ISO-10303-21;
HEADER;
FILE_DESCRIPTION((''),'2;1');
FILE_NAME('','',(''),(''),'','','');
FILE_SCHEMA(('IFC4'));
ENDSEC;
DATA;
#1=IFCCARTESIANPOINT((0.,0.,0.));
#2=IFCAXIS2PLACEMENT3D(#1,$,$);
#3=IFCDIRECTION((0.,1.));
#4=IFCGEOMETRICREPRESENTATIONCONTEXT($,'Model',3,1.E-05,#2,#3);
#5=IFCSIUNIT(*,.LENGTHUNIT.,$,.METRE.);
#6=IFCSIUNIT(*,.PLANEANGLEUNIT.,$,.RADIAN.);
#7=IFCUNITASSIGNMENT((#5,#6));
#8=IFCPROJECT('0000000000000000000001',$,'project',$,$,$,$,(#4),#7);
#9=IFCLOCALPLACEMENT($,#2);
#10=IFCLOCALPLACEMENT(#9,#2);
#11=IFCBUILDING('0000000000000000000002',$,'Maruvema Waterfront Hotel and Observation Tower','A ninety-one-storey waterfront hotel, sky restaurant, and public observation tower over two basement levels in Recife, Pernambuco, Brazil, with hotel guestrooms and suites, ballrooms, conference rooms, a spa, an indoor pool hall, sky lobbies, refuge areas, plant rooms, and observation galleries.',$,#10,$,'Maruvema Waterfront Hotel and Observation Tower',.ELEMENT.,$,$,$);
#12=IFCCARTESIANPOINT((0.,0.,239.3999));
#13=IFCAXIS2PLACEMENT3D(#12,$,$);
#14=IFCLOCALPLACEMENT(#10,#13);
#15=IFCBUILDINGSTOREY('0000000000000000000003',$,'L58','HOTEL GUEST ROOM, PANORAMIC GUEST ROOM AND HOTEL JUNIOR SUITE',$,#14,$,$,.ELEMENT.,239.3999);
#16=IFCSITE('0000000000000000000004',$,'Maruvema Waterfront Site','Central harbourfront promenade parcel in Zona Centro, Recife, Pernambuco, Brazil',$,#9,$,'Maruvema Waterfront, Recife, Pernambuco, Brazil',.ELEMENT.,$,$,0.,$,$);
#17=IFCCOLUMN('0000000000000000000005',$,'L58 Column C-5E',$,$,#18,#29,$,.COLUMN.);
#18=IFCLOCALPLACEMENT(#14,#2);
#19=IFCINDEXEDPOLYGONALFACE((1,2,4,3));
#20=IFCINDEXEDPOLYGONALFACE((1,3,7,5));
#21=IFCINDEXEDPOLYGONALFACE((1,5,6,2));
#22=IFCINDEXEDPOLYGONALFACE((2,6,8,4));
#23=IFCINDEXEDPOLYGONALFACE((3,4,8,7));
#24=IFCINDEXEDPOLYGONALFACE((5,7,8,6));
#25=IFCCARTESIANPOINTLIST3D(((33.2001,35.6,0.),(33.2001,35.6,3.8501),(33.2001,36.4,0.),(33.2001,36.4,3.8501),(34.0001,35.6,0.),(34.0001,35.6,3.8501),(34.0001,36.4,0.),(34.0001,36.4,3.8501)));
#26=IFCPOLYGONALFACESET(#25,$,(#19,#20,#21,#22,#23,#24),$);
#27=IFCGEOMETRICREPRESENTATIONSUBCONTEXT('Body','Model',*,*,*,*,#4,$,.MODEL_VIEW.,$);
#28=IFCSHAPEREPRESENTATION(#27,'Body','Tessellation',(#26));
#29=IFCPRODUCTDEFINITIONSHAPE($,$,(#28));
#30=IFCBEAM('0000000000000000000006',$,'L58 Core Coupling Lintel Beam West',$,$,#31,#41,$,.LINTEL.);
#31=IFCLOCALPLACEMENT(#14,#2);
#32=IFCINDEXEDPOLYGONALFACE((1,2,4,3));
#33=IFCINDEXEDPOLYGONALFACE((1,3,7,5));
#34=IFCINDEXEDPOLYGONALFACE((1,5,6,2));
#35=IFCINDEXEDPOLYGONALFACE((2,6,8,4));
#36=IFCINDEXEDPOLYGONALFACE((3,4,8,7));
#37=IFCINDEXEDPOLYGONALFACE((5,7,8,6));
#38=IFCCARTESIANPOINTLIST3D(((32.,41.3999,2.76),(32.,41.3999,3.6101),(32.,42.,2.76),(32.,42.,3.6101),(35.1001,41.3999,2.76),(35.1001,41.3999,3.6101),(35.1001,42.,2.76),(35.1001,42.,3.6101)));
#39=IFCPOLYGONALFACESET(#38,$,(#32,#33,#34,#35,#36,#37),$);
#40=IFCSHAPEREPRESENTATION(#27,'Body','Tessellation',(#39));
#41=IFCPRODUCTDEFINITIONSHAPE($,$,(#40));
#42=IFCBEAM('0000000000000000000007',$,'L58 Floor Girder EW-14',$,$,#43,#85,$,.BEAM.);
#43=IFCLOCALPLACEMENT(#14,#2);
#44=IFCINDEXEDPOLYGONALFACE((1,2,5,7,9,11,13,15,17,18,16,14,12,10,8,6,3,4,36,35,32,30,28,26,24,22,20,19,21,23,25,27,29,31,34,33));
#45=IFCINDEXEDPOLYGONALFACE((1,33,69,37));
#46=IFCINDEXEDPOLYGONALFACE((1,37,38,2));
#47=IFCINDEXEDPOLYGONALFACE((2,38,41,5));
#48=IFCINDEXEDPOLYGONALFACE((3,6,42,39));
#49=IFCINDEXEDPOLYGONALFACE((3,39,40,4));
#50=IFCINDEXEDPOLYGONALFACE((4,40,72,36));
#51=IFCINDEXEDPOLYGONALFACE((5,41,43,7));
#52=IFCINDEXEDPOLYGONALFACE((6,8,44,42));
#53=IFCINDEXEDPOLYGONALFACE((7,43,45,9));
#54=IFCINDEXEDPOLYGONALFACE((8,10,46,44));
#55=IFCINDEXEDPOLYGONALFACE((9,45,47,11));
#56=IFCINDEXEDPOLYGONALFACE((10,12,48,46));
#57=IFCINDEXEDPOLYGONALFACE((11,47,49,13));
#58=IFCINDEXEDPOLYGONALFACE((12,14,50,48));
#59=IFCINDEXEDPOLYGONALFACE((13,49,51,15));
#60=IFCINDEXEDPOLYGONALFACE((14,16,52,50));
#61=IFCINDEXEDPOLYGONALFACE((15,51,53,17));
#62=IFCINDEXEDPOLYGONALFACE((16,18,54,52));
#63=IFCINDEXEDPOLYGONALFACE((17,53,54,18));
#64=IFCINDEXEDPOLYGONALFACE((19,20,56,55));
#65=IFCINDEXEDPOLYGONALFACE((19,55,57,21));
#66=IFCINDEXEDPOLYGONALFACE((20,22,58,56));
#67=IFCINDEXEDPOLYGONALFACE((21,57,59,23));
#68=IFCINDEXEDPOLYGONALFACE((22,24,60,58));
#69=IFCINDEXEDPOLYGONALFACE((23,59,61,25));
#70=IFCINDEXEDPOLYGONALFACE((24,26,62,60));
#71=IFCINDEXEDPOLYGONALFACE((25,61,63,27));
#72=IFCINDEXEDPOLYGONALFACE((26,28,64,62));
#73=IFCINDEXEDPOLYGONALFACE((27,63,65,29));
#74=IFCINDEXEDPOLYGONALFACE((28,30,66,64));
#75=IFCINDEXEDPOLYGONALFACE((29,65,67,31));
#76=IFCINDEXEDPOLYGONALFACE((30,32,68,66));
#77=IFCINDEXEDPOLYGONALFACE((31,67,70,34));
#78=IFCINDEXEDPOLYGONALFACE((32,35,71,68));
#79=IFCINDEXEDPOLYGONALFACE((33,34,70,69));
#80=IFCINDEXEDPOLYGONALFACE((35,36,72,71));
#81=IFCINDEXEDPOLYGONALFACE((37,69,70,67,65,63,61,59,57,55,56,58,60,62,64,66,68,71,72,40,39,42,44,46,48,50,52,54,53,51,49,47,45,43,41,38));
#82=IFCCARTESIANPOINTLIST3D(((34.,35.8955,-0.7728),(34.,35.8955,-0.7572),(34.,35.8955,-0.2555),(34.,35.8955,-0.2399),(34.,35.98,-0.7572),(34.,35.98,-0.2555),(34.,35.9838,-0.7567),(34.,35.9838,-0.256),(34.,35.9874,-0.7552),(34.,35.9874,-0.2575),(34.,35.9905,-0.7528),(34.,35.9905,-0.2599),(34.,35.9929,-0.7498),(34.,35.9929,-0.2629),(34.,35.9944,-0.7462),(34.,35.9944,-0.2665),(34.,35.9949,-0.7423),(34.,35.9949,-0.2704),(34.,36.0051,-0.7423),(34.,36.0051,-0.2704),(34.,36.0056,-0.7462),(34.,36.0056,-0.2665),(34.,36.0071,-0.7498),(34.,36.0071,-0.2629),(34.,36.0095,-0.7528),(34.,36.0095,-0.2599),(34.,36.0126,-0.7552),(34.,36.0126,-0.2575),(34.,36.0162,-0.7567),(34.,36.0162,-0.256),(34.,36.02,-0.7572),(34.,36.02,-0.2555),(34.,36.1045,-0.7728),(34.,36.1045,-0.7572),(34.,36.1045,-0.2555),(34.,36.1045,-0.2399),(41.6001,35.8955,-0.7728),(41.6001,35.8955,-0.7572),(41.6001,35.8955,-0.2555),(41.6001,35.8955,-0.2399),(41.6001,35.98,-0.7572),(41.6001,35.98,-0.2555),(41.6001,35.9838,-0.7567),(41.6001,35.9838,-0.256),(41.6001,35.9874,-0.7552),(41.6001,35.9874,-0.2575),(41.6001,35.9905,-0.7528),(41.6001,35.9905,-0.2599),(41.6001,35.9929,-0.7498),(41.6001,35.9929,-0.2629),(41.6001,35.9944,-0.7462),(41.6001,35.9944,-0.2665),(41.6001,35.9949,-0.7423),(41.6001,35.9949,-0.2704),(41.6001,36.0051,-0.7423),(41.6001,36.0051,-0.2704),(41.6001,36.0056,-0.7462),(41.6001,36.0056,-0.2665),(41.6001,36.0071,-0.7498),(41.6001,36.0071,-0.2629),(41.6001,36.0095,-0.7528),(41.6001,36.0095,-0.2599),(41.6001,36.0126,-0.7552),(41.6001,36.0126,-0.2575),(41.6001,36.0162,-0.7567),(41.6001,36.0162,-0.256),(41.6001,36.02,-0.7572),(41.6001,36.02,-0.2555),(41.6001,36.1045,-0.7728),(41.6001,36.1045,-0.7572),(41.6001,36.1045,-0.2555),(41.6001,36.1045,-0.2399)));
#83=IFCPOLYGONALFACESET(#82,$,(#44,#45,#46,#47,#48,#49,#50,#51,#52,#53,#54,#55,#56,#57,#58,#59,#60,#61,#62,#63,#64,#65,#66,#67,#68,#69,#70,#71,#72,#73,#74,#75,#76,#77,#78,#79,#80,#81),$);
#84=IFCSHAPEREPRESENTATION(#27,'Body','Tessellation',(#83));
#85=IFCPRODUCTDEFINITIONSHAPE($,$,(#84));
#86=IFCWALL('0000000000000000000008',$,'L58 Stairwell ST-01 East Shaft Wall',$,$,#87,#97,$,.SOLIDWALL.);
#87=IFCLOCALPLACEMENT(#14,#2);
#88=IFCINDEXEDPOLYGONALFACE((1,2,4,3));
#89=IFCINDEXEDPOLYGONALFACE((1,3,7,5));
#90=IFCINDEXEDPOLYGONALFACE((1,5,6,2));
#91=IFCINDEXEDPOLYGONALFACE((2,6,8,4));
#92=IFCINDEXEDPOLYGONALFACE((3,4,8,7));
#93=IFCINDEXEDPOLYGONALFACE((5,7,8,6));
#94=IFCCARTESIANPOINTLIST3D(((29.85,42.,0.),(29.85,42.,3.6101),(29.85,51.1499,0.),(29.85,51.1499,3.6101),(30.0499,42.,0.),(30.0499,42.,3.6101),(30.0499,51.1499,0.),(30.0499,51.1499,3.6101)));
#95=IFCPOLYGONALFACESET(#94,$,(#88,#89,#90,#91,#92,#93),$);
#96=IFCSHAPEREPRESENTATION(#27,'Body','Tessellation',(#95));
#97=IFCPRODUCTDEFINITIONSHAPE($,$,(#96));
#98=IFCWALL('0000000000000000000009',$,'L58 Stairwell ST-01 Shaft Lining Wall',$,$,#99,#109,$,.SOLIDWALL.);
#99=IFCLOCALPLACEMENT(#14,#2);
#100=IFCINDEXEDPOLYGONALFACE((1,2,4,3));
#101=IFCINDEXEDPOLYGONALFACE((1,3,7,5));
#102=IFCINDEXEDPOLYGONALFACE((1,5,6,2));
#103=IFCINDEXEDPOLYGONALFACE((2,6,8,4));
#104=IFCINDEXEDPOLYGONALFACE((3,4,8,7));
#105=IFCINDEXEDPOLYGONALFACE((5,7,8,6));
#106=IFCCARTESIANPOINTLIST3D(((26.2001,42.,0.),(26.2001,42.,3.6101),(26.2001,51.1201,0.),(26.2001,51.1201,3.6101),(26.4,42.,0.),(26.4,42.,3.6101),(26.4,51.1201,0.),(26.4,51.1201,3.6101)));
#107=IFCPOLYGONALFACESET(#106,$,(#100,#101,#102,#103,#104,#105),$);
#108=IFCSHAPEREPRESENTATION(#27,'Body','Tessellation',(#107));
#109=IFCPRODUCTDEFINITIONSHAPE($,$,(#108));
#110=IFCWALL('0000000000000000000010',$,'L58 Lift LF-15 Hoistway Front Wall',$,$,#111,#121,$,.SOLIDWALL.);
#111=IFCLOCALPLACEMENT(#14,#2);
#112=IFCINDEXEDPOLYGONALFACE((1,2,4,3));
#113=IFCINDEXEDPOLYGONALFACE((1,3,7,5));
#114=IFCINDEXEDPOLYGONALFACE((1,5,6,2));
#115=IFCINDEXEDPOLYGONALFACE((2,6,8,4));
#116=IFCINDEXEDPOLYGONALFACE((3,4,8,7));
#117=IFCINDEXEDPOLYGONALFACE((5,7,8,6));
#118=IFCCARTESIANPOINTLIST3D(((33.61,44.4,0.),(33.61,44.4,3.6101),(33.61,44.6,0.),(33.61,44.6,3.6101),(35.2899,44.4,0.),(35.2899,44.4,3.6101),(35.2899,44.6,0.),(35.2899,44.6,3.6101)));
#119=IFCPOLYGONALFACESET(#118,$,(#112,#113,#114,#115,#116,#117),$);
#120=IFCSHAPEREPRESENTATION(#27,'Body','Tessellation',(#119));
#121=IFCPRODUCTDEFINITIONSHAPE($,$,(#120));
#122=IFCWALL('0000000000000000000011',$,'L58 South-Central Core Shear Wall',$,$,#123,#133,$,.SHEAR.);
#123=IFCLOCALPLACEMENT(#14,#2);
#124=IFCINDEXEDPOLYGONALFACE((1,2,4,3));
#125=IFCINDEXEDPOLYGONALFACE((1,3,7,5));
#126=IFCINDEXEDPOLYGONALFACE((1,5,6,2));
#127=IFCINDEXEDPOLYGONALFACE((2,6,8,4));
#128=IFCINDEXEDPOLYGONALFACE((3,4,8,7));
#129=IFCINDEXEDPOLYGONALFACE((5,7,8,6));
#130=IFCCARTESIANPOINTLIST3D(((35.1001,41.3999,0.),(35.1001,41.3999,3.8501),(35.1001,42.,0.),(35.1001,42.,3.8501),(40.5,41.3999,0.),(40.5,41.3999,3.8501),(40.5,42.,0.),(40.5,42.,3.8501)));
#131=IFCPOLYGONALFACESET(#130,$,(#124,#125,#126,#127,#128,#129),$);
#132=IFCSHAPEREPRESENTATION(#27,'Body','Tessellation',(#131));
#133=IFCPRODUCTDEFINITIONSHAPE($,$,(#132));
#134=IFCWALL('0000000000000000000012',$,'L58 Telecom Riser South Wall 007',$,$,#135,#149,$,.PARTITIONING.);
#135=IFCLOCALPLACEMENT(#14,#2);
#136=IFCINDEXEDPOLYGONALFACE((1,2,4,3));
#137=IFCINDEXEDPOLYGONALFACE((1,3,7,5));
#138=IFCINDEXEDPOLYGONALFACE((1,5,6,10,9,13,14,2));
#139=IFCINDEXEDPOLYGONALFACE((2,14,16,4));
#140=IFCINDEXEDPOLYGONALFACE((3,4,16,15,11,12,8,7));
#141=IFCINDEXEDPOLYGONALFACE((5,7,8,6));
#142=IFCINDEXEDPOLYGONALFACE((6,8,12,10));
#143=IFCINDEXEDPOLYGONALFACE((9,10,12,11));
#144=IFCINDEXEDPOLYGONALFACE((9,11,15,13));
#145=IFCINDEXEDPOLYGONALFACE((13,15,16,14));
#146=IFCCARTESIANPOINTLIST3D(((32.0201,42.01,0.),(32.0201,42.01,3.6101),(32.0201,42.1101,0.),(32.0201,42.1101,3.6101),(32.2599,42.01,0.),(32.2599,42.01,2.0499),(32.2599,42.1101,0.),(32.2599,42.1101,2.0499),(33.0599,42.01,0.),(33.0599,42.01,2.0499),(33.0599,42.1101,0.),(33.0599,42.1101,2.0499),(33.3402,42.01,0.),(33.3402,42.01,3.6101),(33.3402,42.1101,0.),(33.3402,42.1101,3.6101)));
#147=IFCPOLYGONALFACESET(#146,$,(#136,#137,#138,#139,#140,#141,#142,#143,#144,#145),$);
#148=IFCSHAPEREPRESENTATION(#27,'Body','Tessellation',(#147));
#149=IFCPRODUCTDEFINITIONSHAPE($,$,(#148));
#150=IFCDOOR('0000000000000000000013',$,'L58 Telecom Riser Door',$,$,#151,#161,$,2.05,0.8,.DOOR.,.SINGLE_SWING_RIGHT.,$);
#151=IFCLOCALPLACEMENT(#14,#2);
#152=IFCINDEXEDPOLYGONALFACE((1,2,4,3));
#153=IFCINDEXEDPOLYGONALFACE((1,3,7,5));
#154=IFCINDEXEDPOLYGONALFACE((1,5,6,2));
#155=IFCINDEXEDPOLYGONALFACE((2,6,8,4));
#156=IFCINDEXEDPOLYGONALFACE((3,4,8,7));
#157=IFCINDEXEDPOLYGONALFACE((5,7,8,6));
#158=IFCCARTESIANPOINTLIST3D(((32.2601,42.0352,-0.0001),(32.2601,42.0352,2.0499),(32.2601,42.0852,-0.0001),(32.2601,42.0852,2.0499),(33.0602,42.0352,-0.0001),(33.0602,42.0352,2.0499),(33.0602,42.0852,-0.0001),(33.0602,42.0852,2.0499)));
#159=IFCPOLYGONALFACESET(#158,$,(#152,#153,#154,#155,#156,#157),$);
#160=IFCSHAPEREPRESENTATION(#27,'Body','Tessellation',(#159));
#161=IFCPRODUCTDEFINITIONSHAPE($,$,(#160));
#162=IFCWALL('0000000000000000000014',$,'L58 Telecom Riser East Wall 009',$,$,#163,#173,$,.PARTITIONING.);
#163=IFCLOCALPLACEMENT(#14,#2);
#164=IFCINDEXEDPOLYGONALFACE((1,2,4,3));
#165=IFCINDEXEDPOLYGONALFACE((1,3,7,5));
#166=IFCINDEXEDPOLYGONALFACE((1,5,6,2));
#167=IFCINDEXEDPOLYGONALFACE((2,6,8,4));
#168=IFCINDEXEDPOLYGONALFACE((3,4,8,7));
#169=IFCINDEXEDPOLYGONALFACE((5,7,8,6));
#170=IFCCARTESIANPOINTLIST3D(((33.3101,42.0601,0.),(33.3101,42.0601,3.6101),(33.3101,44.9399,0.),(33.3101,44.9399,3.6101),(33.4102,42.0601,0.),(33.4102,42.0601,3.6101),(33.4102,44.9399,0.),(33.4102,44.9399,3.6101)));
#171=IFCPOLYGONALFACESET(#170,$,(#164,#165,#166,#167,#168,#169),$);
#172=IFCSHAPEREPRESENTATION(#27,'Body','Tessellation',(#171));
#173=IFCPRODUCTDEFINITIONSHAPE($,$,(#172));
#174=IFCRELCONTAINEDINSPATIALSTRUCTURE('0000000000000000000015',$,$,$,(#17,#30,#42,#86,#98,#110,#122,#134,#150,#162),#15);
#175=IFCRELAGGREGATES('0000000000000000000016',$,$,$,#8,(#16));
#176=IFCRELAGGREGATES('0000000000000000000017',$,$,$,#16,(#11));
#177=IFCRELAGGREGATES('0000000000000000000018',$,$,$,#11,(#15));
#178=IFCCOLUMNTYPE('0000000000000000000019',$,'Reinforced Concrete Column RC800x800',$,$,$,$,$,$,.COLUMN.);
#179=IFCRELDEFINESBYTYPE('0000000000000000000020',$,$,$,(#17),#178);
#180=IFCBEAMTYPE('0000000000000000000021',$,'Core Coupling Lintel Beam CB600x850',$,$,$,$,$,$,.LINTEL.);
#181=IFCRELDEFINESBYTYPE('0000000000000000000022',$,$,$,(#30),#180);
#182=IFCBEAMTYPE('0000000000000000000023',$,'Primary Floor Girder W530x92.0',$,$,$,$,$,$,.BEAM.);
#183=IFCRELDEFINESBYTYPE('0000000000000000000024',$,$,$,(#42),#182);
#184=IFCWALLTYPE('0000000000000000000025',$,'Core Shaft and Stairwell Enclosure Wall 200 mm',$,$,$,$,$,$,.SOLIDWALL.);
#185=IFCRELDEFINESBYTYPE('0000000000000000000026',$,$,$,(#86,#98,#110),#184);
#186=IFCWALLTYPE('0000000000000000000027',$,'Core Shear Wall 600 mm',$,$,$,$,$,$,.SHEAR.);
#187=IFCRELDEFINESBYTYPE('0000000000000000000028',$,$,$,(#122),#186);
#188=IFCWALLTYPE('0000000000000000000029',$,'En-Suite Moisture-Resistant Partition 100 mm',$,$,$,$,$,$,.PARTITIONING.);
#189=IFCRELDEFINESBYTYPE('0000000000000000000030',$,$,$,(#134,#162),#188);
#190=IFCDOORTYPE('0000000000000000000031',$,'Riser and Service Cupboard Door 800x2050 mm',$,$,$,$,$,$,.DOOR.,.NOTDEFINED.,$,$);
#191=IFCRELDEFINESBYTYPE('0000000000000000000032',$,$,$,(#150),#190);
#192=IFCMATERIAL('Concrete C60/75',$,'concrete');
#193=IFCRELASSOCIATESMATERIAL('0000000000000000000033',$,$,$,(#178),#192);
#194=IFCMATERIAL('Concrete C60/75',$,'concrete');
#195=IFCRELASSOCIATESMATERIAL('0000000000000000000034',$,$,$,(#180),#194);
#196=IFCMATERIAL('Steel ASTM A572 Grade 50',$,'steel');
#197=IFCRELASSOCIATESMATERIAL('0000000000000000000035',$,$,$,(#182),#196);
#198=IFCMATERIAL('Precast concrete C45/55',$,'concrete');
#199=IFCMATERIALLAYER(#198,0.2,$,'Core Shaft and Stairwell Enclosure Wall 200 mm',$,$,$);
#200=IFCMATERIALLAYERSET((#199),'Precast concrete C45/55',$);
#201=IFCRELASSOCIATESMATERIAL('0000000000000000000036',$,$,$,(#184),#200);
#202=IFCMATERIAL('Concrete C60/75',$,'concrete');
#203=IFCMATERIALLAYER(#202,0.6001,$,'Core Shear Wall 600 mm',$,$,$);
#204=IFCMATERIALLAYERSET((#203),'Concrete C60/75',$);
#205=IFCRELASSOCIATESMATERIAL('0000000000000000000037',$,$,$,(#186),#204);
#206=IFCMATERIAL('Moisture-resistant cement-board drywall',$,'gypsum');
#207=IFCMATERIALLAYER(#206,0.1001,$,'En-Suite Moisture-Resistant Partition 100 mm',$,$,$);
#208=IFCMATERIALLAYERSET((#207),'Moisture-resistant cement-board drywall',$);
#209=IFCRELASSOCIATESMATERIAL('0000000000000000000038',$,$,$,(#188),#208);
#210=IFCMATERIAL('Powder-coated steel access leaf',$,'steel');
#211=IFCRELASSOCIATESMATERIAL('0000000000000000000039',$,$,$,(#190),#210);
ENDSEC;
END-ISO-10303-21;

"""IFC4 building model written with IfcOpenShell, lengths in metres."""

from ifc_helpers import new_model, si_unit, direction, frame, frame_2d, origin, origin_2d, place, context, subcontext, project, spatial, rectangle, i_section, extrude, material, layer, layer_set, material_profile, profile_set, type_object, element, fill, save


model = new_model("IFC4")

# Units and contexts
model_context = context("Model", 3, precision=1e-05, world=origin(), true_north=direction((0.0, 1.0)))
body_context = subcontext(model_context, "Body", "Model", "MODEL_VIEW")
ifc_project = project(units=[si_unit("LENGTHUNIT", "METRE"), si_unit("PLANEANGLEUNIT", "RADIAN")], contexts=[model_context])

# Site, building, storey
site_placement = place(None, origin())
site = spatial("IfcSite", under=ifc_project, at=site_placement, Name="Maruvema Waterfront Site", Description="Central harbourfront promenade parcel in Zona Centro, Recife, Pernambuco, Brazil", LongName="Maruvema Waterfront, Recife, Pernambuco, Brazil", CompositionType="ELEMENT", RefElevation=0.0)
building_placement = place(site_placement, origin())
building = spatial("IfcBuilding", under=site, at=building_placement, Name="Maruvema Waterfront Hotel and Observation Tower", Description="A ninety-one-storey waterfront hotel, sky restaurant, and public observation tower over two basement levels in Recife, Pernambuco, Brazil, with hotel guestrooms and suites, ballrooms, conference rooms, a spa, an indoor pool hall, sky lobbies, refuge areas, plant rooms, and observation galleries.", LongName="Maruvema Waterfront Hotel and Observation Tower", CompositionType="ELEMENT")
storey_placement = place(building_placement, frame((0.0, 0.0, 239.3999)))
storey = spatial("IfcBuildingStorey", under=building, at=storey_placement, Name="L58", Description="HOTEL GUEST ROOM, PANORAMIC GUEST ROOM AND HOTEL JUNIOR SUITE", CompositionType="ELEMENT", Elevation=239.3999)

# Column
ifc_material_1 = material(Name="Concrete C60/75", Category="concrete")
ifc_material_profile_1 = material_profile(ifc_material_1, rectangle(XDim=0.8, YDim=0.8, at=origin_2d()), Name="RC800x800")
ifc_profile_set_1 = profile_set([ifc_material_profile_1], Name="Concrete C60/75")
column_type = type_object("IfcColumnType", Name="Reinforced Concrete Column RC800x800", PredefinedType="COLUMN", material=ifc_profile_set_1)
column_placement = place(storey_placement, frame((33.6001, 36.0, 0.0), z_axis=(0.0, 0.0, 1.0), x_axis=(1.0, 0.0, 0.0)))
element("IfcColumn", 1, at=column_placement, inside=storey, type_object=column_type, Name="L58 Column C-5E", PredefinedType="COLUMN", context=body_context, shape_type="SweptSolid", body=[
    extrude(rectangle(XDim=0.8, YDim=0.8, at=origin_2d()), origin(), (0.0, 0.0, 1.0), 3.8501),
])

# Beams
ifc_material_2 = material(Name="Concrete C60/75", Category="concrete")
ifc_material_profile_2 = material_profile(ifc_material_2, rectangle(XDim=0.6001, YDim=0.8501, at=origin_2d()), Name="CB600x850")
ifc_profile_set_2 = profile_set([ifc_material_profile_2], Name="Concrete C60/75")
beam_type_1 = type_object("IfcBeamType", Name="Core Coupling Lintel Beam CB600x850", PredefinedType="LINTEL", material=ifc_profile_set_2)
beam_1_placement = place(storey_placement, frame((32.0, 41.7, 3.1851), z_axis=(1.0, 0.0, 0.0), x_axis=(0.0, 1.0, 0.0)))
element("IfcBeam", 2, at=beam_1_placement, inside=storey, type_object=beam_type_1, Name="L58 Core Coupling Lintel Beam West", PredefinedType="LINTEL", context=body_context, shape_type="SweptSolid", body=[
    extrude(rectangle(XDim=0.6001, YDim=0.8501, at=origin_2d()), origin(), (0.0, 0.0, 1.0), 3.1001),
])
ifc_material_3 = material(Name="Steel ASTM A572 Grade 50", Category="steel")
ifc_material_profile_3 = material_profile(ifc_material_3, i_section(OverallWidth=0.209, OverallDepth=0.533, WebThickness=0.0103, FlangeThickness=0.0156, FilletRadius=0.0149, at=origin_2d()), Name="W530x92.0")
ifc_profile_set_3 = profile_set([ifc_material_profile_3], Name="Steel ASTM A572 Grade 50")
beam_type_2 = type_object("IfcBeamType", Name="Primary Floor Girder W530x92.0", PredefinedType="BEAM", material=ifc_profile_set_3)
beam_2_placement = place(storey_placement, frame((34.0, 36.0, -0.5063), z_axis=(1.0, 0.0, 0.0), x_axis=(0.0, 1.0, 0.0)))
element("IfcBeam", 3, at=beam_2_placement, inside=storey, type_object=beam_type_2, Name="L58 Floor Girder EW-14", PredefinedType="BEAM", context=body_context, shape_type="SweptSolid", body=[
    extrude(i_section(OverallWidth=0.209, OverallDepth=0.533, WebThickness=0.0103, FlangeThickness=0.0156, FilletRadius=0.0149, at=origin_2d()), origin(), (0.0, 0.0, 1.0), 7.6001),
])

# Walls
ifc_material_4 = material(Name="Precast concrete C45/55", Category="concrete")
ifc_layer_1 = layer(ifc_material_4, 0.2, Name="Core Shaft and Stairwell Enclosure Wall 200 mm")
ifc_layer_set_1 = layer_set([ifc_layer_1], Name="Precast concrete C45/55")
wall_type_1 = type_object("IfcWallType", Name="Core Shaft and Stairwell Enclosure Wall 200 mm", PredefinedType="SOLIDWALL", material=ifc_layer_set_1)
wall_1_placement = place(storey_placement, frame((29.95, 42.0, 0.0), z_axis=(0.0, 0.0, 1.0), x_axis=(0.0, 1.0, 0.0)))
element("IfcWall", 4, at=wall_1_placement, inside=storey, type_object=wall_type_1, Name="L58 Stairwell ST-01 East Shaft Wall", PredefinedType="SOLIDWALL", context=body_context, shape_type="SweptSolid", body=[
    extrude(rectangle(XDim=9.1499, YDim=0.2, at=frame_2d((4.575, 0.0))), origin(), (0.0, 0.0, 1.0), 3.6101),
])
wall_2_placement = place(storey_placement, frame((26.3, 42.0, 0.0), z_axis=(0.0, 0.0, 1.0), x_axis=(0.0, 1.0, 0.0)))
element("IfcWall", 5, at=wall_2_placement, inside=storey, type_object=wall_type_1, Name="L58 Stairwell ST-01 Shaft Lining Wall", PredefinedType="SOLIDWALL", context=body_context, shape_type="SweptSolid", body=[
    extrude(rectangle(XDim=9.1201, YDim=0.2, at=frame_2d((4.5601, 0.0))), origin(), (0.0, 0.0, 1.0), 3.6101),
])

# Walls
wall_3_placement = place(storey_placement, frame((33.6101, 44.5, 0.0), z_axis=(0.0, 0.0, 1.0), x_axis=(1.0, 0.0, 0.0)))
element("IfcWall", 6, at=wall_3_placement, inside=storey, type_object=wall_type_1, Name="L58 Lift LF-15 Hoistway Front Wall", PredefinedType="SOLIDWALL", context=body_context, shape_type="SweptSolid", body=[
    extrude(rectangle(XDim=1.6799, YDim=0.2, at=frame_2d((0.8398, 0.0))), origin(), (0.0, 0.0, 1.0), 3.6101),
])
ifc_material_5 = material(Name="Concrete C60/75", Category="concrete")
ifc_layer_2 = layer(ifc_material_5, 0.6001, Name="Core Shear Wall 600 mm")
ifc_layer_set_2 = layer_set([ifc_layer_2], Name="Concrete C60/75")
wall_type_2 = type_object("IfcWallType", Name="Core Shear Wall 600 mm", PredefinedType="SHEAR", material=ifc_layer_set_2)
wall_4_placement = place(storey_placement, frame((35.1001, 41.7, 0.0), z_axis=(0.0, 0.0, 1.0), x_axis=(1.0, 0.0, 0.0)))
element("IfcWall", 7, at=wall_4_placement, inside=storey, type_object=wall_type_2, Name="L58 South-Central Core Shear Wall", PredefinedType="SHEAR", context=body_context, shape_type="SweptSolid", body=[
    extrude(rectangle(XDim=5.3999, YDim=0.6001, at=frame_2d((2.7, 0.0))), origin(), (0.0, 0.0, 1.0), 3.8501),
])

# Wall, opening, door
ifc_material_6 = material(Name="Moisture-resistant cement-board drywall", Category="gypsum")
ifc_layer_3 = layer(ifc_material_6, 0.1001, Name="En-Suite Moisture-Resistant Partition 100 mm")
ifc_layer_set_3 = layer_set([ifc_layer_3], Name="Moisture-resistant cement-board drywall")
wall_type_3 = type_object("IfcWallType", Name="En-Suite Moisture-Resistant Partition 100 mm", PredefinedType="PARTITIONING", material=ifc_layer_set_3)
wall_5_placement = place(storey_placement, frame((32.02, 42.0601, 0.0), z_axis=(0.0, 0.0, 1.0), x_axis=(1.0, 0.0, 0.0)))
wall_5 = element("IfcWall", 8, at=wall_5_placement, inside=storey, type_object=wall_type_3, Name="L58 Telecom Riser South Wall 007", PredefinedType="PARTITIONING", context=body_context, shape_type="SweptSolid", body=[
    extrude(rectangle(XDim=1.3201, YDim=0.1001, at=frame_2d((0.6602, 0.0))), origin(), (0.0, 0.0, 1.0), 3.6101),
])
opening_1_placement = place(wall_5_placement, frame((0.24, 0.0, 0.0)))
opening_1 = element("IfcOpeningElement", 9, at=opening_1_placement, cuts=wall_5, PredefinedType="OPENING", context=body_context, shape_type="SweptSolid", body=[
    extrude(rectangle(XDim=0.8, YDim=2.05, at=frame_2d((0.3999, 1.0249))), frame((0.0, 0.0601, 0.0), z_axis=(0.0, -1.0, 0.0), x_axis=(1.0, 0.0, 0.0)), (0.0, 0.0, 1.0), 0.1201),
])
ifc_material_7 = material(Name="Powder-coated steel access leaf", Category="steel")
door_type_1 = type_object("IfcDoorType", Name="Riser and Service Cupboard Door 800x2050 mm", OperationType="NOTDEFINED", PredefinedType="DOOR", material=ifc_material_7)
door_1_placement = place(opening_1_placement, frame((0.8, 0.0, 0.0), z_axis=(0.0, 0.0, 1.0), x_axis=(-1.0, 0.0, 0.0)))
door_1 = element("IfcDoor", 10, at=door_1_placement, inside=storey, type_object=door_type_1, Name="L58 Telecom Riser Door", OperationType="SINGLE_SWING_RIGHT", OverallHeight=2.05, OverallWidth=0.8, PredefinedType="DOOR", context=body_context, shape_type="SweptSolid", body=[
    extrude(rectangle(XDim=0.8, YDim=2.05, at=frame_2d((0.3999, 1.0249))), frame((0.0, 0.0249, 0.0), z_axis=(0.0, -1.0, 0.0), x_axis=(1.0, 0.0, 0.0)), (0.0, 0.0, 1.0), 0.05),
])
fill(opening_1, door_1)

# Wall
wall_6_placement = place(storey_placement, frame((33.3601, 42.0601, 0.0), z_axis=(0.0, 0.0, 1.0), x_axis=(0.0, 1.0, 0.0)))
element("IfcWall", 11, at=wall_6_placement, inside=storey, type_object=wall_type_3, Name="L58 Telecom Riser East Wall 009", PredefinedType="PARTITIONING", context=body_context, shape_type="SweptSolid", body=[
    extrude(rectangle(XDim=2.8799, YDim=0.1001, at=frame_2d((1.4399, 0.0))), origin(), (0.0, 0.0, 1.0), 3.6101),
])

save(model, "model.ifc")
